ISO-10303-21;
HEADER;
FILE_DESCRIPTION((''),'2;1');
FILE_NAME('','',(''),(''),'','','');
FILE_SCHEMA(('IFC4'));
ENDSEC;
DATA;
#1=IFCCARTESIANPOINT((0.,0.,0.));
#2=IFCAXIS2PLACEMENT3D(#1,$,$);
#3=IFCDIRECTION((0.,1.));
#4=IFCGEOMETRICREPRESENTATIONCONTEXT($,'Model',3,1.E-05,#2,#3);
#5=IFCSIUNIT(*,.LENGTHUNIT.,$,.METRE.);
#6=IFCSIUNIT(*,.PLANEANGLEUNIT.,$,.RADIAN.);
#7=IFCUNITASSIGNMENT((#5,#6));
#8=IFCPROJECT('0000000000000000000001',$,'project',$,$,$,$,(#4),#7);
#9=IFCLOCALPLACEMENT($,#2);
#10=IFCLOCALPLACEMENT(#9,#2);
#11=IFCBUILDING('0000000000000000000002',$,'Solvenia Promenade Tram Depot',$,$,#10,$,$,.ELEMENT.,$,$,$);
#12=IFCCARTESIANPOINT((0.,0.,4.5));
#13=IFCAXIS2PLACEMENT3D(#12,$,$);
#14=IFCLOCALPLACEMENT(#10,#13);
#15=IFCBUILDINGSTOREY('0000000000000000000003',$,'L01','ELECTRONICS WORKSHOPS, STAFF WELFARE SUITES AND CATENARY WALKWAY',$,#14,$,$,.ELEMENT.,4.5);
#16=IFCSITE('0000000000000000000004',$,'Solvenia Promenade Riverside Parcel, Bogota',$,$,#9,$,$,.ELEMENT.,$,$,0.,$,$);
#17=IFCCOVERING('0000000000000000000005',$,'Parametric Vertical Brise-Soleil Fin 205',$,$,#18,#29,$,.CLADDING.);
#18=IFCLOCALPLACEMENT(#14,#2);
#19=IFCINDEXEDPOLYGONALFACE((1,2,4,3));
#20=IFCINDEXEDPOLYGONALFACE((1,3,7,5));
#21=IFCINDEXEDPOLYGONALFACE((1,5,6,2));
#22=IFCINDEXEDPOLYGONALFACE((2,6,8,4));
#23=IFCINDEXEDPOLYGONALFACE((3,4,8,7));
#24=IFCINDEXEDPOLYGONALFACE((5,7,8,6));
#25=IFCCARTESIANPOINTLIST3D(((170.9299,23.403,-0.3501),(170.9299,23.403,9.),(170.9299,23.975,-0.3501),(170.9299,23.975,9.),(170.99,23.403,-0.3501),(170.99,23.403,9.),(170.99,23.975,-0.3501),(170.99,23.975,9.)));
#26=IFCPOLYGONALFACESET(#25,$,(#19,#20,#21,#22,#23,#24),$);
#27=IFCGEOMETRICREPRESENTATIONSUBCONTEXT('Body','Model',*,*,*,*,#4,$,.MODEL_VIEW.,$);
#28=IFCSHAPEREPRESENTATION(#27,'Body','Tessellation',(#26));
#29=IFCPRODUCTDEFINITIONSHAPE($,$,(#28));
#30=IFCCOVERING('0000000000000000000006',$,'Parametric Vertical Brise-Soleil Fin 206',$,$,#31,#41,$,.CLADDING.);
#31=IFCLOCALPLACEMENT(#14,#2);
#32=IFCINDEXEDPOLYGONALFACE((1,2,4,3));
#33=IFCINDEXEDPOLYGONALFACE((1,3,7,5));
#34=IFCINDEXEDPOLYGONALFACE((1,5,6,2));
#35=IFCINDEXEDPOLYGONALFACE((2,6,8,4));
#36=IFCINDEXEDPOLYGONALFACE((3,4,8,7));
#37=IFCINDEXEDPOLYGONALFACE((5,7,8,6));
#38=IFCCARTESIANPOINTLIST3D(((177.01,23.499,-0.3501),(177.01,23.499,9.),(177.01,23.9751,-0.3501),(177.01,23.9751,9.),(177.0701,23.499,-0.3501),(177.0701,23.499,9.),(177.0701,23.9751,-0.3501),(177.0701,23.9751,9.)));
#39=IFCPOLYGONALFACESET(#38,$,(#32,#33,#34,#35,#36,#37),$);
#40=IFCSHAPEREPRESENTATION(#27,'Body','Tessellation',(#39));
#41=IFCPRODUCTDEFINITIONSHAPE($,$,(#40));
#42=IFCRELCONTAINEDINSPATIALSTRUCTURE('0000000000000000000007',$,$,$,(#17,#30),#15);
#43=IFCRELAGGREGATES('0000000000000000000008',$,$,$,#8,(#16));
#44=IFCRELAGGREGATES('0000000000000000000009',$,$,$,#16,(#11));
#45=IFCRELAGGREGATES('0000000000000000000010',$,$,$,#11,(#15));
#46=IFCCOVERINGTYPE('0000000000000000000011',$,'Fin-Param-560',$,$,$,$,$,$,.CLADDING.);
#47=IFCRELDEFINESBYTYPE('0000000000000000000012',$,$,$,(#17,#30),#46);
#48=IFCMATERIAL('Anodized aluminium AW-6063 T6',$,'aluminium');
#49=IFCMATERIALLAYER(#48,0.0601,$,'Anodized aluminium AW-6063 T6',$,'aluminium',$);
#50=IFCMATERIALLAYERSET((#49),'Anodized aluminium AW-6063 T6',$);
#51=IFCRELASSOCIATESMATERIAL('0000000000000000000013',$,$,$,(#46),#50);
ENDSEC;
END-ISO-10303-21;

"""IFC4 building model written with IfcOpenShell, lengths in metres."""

from ifc_helpers import new_model, si_unit, direction, frame, origin, origin_2d, place, context, subcontext, project, spatial, rectangle, extrude, material, layer, layer_set, type_object, element, save


model = new_model("IFC4")

# Units and contexts
model_context = context("Model", 3, precision=1e-05, world=origin(), true_north=direction((0.0, 1.0)))
body_context = subcontext(model_context, "Body", "Model", "MODEL_VIEW")
ifc_project = project(units=[si_unit("LENGTHUNIT", "METRE"), si_unit("PLANEANGLEUNIT", "RADIAN")], contexts=[model_context])

# Site, building, storey
site_placement = place(None, origin())
site = spatial("IfcSite", under=ifc_project, at=site_placement, Name="Solvenia Promenade Riverside Parcel, Bogota", CompositionType="ELEMENT", RefElevation=0.0)
building_placement = place(site_placement, origin())
building = spatial("IfcBuilding", under=site, at=building_placement, Name="Solvenia Promenade Tram Depot", CompositionType="ELEMENT")
storey_placement = place(building_placement, frame((0.0, 0.0, 4.5)))
storey = spatial("IfcBuildingStorey", under=building, at=storey_placement, Name="L01", Description="ELECTRONICS WORKSHOPS, STAFF WELFARE SUITES AND CATENARY WALKWAY", CompositionType="ELEMENT", Elevation=4.5)

# Shared definitions
ifc_material_1 = material(Name="Anodized aluminium AW-6063 T6", Category="aluminium")

# Coverings
ifc_layer_1 = layer(ifc_material_1, 0.0601, Name="Anodized aluminium AW-6063 T6", Category="aluminium")
ifc_layer_set_1 = layer_set([ifc_layer_1], Name="Anodized aluminium AW-6063 T6")
covering_type = type_object("IfcCoveringType", Name="Fin-Param-560", PredefinedType="CLADDING", material=ifc_layer_set_1)
covering_1_placement = place(storey_placement, frame((170.96, 23.689, -0.3501), z_axis=(0.0, 0.0, 1.0), x_axis=(1.0, 0.0, 0.0)))
element("IfcCovering", 1, at=covering_1_placement, inside=storey, type_object=covering_type, Name="Parametric Vertical Brise-Soleil Fin 205", PredefinedType="CLADDING", context=body_context, shape_type="SweptSolid", body=[
    extrude(rectangle(XDim=0.0601, YDim=0.572, at=origin_2d()), origin(), (0.0, 0.0, 1.0), 9.3501),
])
covering_2_placement = place(storey_placement, frame((177.04, 23.7371, -0.3501), z_axis=(0.0, 0.0, 1.0), x_axis=(1.0, 0.0, 0.0)))
element("IfcCovering", 2, at=covering_2_placement, inside=storey, type_object=covering_type, Name="Parametric Vertical Brise-Soleil Fin 206", PredefinedType="CLADDING", context=body_context, shape_type="SweptSolid", body=[
    extrude(rectangle(XDim=0.0601, YDim=0.4761, at=origin_2d()), origin(), (0.0, 0.0, 1.0), 9.3501),
])

save(model, "model.ifc")
